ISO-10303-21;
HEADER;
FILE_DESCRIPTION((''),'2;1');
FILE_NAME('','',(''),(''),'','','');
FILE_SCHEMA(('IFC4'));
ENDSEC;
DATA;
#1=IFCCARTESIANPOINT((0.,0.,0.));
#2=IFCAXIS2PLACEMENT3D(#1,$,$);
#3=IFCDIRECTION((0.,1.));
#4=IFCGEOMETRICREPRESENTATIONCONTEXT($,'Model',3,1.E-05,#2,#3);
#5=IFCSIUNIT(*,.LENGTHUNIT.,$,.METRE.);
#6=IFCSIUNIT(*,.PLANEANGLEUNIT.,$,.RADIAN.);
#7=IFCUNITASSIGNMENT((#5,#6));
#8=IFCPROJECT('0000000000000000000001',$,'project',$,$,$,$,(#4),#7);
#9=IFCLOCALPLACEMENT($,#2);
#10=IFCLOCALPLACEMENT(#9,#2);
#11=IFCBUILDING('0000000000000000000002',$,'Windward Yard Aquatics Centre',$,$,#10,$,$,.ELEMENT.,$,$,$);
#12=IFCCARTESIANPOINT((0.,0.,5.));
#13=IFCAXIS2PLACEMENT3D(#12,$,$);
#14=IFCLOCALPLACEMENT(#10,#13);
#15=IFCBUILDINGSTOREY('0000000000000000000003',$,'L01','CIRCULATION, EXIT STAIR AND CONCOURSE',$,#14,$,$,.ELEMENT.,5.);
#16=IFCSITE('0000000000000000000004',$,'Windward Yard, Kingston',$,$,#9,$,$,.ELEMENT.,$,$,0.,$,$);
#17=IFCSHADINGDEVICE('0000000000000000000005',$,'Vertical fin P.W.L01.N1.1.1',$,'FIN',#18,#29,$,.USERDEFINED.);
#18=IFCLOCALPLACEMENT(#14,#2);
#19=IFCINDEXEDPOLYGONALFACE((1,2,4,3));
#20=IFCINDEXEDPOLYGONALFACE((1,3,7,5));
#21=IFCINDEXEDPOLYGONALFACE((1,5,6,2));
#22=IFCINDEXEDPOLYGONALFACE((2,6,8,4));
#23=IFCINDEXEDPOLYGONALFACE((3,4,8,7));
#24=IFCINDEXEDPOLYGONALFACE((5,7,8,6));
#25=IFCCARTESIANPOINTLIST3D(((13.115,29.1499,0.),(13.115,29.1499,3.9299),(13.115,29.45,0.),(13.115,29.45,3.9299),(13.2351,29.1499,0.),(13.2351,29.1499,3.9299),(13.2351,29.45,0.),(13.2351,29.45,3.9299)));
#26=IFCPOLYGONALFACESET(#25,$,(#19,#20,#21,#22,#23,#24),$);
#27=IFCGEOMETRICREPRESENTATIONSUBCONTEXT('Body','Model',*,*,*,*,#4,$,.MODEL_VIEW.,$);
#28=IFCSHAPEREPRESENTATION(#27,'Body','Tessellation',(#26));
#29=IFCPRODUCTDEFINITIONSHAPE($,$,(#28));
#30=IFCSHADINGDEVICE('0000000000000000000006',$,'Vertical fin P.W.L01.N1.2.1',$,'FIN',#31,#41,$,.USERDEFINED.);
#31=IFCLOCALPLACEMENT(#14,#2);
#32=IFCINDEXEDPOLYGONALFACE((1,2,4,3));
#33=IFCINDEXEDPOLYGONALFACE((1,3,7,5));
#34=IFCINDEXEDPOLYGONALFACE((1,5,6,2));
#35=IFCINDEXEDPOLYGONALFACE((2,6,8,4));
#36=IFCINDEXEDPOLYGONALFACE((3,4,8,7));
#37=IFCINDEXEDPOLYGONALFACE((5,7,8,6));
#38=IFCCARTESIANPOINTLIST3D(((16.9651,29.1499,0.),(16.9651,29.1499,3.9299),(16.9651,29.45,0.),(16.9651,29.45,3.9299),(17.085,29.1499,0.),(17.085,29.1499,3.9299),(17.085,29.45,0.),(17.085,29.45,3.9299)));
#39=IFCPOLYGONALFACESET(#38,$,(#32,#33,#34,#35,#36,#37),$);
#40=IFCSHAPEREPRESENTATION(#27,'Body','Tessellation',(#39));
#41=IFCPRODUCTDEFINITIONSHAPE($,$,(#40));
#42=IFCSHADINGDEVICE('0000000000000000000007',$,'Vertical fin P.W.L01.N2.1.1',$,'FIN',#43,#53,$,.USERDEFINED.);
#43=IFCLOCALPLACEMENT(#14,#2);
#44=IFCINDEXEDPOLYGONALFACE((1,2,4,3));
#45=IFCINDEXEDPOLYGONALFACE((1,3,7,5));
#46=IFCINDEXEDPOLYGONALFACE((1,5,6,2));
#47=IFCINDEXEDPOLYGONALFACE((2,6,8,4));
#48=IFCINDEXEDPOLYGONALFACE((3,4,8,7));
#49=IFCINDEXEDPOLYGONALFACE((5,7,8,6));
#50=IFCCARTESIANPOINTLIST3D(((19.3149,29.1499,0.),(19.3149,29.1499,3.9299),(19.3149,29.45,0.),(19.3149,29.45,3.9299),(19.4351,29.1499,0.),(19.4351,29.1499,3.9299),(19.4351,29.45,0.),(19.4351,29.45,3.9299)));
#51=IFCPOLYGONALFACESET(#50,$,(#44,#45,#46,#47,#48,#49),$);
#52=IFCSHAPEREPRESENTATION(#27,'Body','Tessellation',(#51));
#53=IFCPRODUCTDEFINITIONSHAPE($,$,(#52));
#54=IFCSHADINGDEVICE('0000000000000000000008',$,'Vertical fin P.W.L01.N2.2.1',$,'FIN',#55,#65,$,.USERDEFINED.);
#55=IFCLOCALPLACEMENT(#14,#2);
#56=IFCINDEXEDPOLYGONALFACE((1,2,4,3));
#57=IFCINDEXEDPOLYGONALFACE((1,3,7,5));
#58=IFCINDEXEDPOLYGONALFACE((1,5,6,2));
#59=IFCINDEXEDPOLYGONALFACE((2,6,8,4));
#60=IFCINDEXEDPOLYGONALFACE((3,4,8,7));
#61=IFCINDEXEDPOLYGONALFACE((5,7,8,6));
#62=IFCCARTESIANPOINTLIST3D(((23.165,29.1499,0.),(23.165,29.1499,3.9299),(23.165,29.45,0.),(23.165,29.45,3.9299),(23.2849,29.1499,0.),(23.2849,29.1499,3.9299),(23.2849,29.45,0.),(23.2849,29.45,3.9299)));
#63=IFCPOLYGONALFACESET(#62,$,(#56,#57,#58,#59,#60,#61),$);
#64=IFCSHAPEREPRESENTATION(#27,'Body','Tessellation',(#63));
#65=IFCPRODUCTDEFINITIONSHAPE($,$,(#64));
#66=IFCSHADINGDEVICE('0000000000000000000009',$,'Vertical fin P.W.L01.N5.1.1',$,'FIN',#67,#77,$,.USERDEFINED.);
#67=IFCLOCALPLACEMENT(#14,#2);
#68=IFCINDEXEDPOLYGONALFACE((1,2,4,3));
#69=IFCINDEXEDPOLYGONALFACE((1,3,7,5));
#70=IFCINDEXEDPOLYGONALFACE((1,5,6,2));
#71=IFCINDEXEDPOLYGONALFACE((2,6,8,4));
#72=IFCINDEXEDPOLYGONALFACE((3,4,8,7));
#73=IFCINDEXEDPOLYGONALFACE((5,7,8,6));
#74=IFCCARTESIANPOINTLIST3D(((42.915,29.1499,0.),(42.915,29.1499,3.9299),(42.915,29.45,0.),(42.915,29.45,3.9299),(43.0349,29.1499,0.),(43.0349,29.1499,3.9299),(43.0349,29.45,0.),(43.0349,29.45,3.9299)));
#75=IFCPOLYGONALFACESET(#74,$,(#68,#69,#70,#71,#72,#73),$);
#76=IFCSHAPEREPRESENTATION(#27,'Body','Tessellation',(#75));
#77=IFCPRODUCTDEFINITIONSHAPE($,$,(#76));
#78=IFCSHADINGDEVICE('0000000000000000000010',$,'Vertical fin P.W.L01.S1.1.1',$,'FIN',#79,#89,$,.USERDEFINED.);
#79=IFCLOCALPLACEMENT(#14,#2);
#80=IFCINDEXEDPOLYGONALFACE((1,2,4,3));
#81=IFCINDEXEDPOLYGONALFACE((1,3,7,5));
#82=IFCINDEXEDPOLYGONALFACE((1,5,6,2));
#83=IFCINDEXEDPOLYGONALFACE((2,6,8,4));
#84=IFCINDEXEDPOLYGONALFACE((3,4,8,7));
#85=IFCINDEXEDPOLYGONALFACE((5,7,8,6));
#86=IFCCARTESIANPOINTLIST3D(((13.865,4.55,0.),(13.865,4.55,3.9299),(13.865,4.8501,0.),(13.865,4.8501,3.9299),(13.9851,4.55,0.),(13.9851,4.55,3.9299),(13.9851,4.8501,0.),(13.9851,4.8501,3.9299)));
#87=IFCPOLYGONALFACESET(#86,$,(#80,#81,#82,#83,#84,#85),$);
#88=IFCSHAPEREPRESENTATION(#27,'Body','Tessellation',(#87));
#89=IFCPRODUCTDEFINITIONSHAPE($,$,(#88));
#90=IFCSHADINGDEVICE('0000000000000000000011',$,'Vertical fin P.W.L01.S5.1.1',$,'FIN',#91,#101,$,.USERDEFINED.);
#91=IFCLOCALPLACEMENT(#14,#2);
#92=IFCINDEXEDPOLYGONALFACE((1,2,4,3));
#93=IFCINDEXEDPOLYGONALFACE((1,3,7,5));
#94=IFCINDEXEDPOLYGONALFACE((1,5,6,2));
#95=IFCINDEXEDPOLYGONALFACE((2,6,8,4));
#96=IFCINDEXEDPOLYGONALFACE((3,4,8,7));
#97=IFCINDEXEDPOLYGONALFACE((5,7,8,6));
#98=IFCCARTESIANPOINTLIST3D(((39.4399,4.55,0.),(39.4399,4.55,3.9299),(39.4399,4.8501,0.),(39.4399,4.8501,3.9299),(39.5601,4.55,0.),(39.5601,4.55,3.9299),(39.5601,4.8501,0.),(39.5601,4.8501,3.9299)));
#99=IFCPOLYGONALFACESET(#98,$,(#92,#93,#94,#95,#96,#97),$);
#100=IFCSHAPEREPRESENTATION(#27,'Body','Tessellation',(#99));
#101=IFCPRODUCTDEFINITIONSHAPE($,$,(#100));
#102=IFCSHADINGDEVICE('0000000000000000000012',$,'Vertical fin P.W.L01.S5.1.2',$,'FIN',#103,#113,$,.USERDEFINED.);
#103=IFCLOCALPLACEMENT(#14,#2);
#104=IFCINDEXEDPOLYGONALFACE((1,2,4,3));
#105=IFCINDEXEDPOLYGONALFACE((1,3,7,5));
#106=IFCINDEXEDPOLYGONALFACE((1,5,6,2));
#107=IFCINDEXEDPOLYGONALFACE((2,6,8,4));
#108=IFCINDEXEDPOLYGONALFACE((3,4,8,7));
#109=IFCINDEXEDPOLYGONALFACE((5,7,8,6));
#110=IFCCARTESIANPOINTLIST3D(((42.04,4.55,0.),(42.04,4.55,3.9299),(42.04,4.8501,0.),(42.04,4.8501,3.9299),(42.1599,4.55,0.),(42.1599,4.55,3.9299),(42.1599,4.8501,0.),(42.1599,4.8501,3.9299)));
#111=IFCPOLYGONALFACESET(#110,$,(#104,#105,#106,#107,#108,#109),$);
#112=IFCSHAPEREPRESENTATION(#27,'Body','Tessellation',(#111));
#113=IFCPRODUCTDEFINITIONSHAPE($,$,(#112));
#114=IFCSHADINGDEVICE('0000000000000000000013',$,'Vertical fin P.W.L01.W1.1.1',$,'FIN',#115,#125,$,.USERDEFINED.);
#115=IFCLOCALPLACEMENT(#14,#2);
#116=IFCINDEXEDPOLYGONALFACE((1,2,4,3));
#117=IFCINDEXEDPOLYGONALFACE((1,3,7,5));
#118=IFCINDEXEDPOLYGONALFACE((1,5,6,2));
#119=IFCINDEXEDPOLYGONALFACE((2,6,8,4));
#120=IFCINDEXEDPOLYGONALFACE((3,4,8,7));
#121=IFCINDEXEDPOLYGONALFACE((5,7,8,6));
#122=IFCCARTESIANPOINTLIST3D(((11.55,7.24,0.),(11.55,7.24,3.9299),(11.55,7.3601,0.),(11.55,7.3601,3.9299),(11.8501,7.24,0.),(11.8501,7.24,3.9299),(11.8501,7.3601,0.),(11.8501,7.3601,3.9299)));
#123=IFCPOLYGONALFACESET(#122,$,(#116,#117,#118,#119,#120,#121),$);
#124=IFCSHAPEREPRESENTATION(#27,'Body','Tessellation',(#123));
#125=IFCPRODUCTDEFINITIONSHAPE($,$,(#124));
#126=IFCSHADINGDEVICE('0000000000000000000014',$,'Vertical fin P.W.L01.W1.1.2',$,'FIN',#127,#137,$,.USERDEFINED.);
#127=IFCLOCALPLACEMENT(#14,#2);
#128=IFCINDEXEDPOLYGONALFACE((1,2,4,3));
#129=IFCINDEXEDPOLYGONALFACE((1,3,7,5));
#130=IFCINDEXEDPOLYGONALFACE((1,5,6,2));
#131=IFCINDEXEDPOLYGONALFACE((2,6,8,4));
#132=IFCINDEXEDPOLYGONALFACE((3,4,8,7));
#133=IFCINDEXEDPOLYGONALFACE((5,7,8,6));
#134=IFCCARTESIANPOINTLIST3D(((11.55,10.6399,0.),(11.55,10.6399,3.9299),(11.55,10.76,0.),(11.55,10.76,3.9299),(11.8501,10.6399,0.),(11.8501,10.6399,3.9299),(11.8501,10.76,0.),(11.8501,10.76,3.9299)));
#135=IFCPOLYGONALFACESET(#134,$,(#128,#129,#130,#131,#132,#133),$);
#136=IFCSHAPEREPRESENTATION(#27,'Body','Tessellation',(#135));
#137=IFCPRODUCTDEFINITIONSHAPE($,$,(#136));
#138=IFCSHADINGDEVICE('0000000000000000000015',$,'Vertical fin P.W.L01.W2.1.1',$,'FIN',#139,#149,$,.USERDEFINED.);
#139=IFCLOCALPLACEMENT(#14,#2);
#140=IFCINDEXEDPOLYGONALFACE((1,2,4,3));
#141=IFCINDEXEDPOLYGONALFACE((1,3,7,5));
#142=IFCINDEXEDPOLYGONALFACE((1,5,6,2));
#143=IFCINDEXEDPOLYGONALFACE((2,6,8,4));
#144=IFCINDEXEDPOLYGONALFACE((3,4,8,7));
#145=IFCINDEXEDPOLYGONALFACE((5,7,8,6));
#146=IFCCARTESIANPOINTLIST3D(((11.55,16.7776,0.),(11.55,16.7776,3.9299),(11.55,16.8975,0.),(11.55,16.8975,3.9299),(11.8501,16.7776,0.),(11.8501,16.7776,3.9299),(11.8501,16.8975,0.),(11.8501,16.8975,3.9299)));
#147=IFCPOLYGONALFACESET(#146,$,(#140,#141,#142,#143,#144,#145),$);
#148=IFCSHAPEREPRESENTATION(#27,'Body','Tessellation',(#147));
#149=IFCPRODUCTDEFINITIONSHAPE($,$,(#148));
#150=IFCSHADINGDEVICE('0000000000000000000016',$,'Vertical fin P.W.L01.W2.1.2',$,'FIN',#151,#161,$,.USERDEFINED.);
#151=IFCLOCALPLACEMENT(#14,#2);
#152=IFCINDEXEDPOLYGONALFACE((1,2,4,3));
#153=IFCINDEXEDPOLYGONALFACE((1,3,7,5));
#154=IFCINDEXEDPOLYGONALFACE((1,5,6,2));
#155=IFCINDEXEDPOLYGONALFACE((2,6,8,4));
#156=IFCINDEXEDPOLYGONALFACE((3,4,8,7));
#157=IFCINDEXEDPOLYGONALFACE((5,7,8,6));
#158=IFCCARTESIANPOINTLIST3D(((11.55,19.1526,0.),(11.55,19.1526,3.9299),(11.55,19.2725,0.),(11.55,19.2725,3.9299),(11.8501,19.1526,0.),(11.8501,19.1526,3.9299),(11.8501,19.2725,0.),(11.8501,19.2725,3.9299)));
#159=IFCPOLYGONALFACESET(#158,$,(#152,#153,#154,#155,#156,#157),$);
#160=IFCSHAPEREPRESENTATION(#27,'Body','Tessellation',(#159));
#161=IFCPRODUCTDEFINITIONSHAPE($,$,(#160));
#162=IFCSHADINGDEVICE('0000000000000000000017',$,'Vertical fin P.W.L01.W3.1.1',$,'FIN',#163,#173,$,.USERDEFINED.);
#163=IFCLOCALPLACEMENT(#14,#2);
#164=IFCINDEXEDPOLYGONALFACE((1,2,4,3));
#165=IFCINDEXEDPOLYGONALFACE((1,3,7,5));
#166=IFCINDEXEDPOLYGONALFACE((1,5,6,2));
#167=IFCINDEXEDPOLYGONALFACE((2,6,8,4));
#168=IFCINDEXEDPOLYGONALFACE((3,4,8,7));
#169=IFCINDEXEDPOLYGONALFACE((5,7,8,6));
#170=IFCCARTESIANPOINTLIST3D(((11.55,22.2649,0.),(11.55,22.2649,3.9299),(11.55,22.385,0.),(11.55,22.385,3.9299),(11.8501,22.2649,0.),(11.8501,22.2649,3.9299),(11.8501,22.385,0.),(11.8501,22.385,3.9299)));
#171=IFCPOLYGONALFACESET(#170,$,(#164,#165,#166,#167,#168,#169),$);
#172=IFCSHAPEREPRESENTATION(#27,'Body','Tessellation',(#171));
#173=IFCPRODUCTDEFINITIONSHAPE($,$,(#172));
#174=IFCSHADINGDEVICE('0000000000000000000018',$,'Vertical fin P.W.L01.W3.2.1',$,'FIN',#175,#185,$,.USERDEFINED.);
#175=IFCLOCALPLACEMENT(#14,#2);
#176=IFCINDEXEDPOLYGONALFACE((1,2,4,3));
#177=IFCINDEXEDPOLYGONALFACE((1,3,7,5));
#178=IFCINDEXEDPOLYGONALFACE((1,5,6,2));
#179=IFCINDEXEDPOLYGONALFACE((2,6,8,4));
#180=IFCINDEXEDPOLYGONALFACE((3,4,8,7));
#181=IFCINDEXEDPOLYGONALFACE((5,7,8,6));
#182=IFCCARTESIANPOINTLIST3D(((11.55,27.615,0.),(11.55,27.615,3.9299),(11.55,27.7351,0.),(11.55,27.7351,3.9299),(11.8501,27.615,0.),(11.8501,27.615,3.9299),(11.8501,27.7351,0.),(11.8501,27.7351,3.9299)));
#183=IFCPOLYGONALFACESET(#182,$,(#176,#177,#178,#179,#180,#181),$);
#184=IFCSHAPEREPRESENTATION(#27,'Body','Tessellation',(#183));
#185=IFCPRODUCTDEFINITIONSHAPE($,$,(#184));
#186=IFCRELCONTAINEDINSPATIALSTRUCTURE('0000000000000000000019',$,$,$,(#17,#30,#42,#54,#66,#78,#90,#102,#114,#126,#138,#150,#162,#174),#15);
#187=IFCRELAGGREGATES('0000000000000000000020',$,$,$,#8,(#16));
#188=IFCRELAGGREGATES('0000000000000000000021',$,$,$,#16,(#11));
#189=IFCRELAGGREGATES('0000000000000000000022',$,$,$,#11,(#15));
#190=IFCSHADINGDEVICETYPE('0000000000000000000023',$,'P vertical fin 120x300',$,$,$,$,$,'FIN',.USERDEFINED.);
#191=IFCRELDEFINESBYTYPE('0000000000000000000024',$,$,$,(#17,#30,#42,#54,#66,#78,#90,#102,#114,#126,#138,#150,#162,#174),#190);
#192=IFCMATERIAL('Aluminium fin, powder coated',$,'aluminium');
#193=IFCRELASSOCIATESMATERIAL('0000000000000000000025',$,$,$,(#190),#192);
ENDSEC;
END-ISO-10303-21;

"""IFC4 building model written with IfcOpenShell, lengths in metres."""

from ifc_helpers import new_model, si_unit, direction, frame, origin, place, context, subcontext, project, spatial, polyline, outline, extrude, material, type_object, element, save


model = new_model("IFC4")

# Units and contexts
model_context = context("Model", 3, precision=1e-05, world=origin(), true_north=direction((0.0, 1.0)))
body_context = subcontext(model_context, "Body", "Model", "MODEL_VIEW")
ifc_project = project(units=[si_unit("LENGTHUNIT", "METRE"), si_unit("PLANEANGLEUNIT", "RADIAN")], contexts=[model_context])

# Site, building, storey
site_placement = place(None, origin())
site = spatial("IfcSite", under=ifc_project, at=site_placement, Name="Windward Yard, Kingston", CompositionType="ELEMENT", RefElevation=0.0)
building_placement = place(site_placement, origin())
building = spatial("IfcBuilding", under=site, at=building_placement, Name="Windward Yard Aquatics Centre", CompositionType="ELEMENT")
storey_placement = place(building_placement, frame((0.0, 0.0, 5.0)))
storey = spatial("IfcBuildingStorey", under=building, at=storey_placement, Name="L01", Description="CIRCULATION, EXIT STAIR AND CONCOURSE", CompositionType="ELEMENT", Elevation=5.0)

# Shading devices
ifc_material_1 = material(Name="Aluminium fin, powder coated", Category="aluminium")
shading_device_type_1 = type_object("IfcShadingDeviceType", Name="P vertical fin 120x300", ElementType="FIN", PredefinedType="USERDEFINED", material=ifc_material_1)
shading_device_1_placement = place(storey_placement, origin())
element("IfcShadingDevice", 1, at=shading_device_1_placement, inside=storey, type_object=shading_device_type_1, Name="Vertical fin P.W.L01.N1.1.1", ObjectType="FIN", PredefinedType="USERDEFINED", context=body_context, shape_type="SweptSolid", body=[
    extrude(outline(polyline([(13.115, 29.1499), (13.2351, 29.1499), (13.2351, 29.45), (13.115, 29.45), (13.115, 29.1499)])), origin(), (0.0, 0.0, 1.0), 3.9299),
])
shading_device_2_placement = place(storey_placement, origin())
element("IfcShadingDevice", 2, at=shading_device_2_placement, inside=storey, type_object=shading_device_type_1, Name="Vertical fin P.W.L01.N1.2.1", ObjectType="FIN", PredefinedType="USERDEFINED", context=body_context, shape_type="SweptSolid", body=[
    extrude(outline(polyline([(16.9651, 29.1499), (17.085, 29.1499), (17.085, 29.45), (16.9651, 29.45), (16.9651, 29.1499)])), origin(), (0.0, 0.0, 1.0), 3.9299),
])
shading_device_3_placement = place(storey_placement, origin())
element("IfcShadingDevice", 3, at=shading_device_3_placement, inside=storey, type_object=shading_device_type_1, Name="Vertical fin P.W.L01.N2.1.1", ObjectType="FIN", PredefinedType="USERDEFINED", context=body_context, shape_type="SweptSolid", body=[
    extrude(outline(polyline([(19.3149, 29.1499), (19.4351, 29.1499), (19.4351, 29.45), (19.3149, 29.45), (19.3149, 29.1499)])), origin(), (0.0, 0.0, 1.0), 3.9299),
])
shading_device_4_placement = place(storey_placement, origin())
element("IfcShadingDevice", 4, at=shading_device_4_placement, inside=storey, type_object=shading_device_type_1, Name="Vertical fin P.W.L01.N2.2.1", ObjectType="FIN", PredefinedType="USERDEFINED", context=body_context, shape_type="SweptSolid", body=[
    extrude(outline(polyline([(23.165, 29.1499), (23.2849, 29.1499), (23.2849, 29.45), (23.165, 29.45), (23.165, 29.1499)])), origin(), (0.0, 0.0, 1.0), 3.9299),
])
shading_device_5_placement = place(storey_placement, origin())
element("IfcShadingDevice", 5, at=shading_device_5_placement, inside=storey, type_object=shading_device_type_1, Name="Vertical fin P.W.L01.N5.1.1", ObjectType="FIN", PredefinedType="USERDEFINED", context=body_context, shape_type="SweptSolid", body=[
    extrude(outline(polyline([(42.915, 29.1499), (43.0349, 29.1499), (43.0349, 29.45), (42.915, 29.45), (42.915, 29.1499)])), origin(), (0.0, 0.0, 1.0), 3.9299),
])
shading_device_6_placement = place(storey_placement, origin())
element("IfcShadingDevice", 6, at=shading_device_6_placement, inside=storey, type_object=shading_device_type_1, Name="Vertical fin P.W.L01.S1.1.1", ObjectType="FIN", PredefinedType="USERDEFINED", context=body_context, shape_type="SweptSolid", body=[
    extrude(outline(polyline([(13.865, 4.55), (13.865, 4.8501), (13.9851, 4.8501), (13.9851, 4.55), (13.865, 4.55)])), origin(), (0.0, 0.0, 1.0), 3.9299),
])
shading_device_7_placement = place(storey_placement, origin())
element("IfcShadingDevice", 7, at=shading_device_7_placement, inside=storey, type_object=shading_device_type_1, Name="Vertical fin P.W.L01.S5.1.1", ObjectType="FIN", PredefinedType="USERDEFINED", context=body_context, shape_type="SweptSolid", body=[
    extrude(outline(polyline([(39.4399, 4.55), (39.4399, 4.8501), (39.5601, 4.8501), (39.5601, 4.55), (39.4399, 4.55)])), origin(), (0.0, 0.0, 1.0), 3.9299),
])
shading_device_8_placement = place(storey_placement, origin())
element("IfcShadingDevice", 8, at=shading_device_8_placement, inside=storey, type_object=shading_device_type_1, Name="Vertical fin P.W.L01.S5.1.2", ObjectType="FIN", PredefinedType="USERDEFINED", context=body_context, shape_type="SweptSolid", body=[
    extrude(outline(polyline([(42.04, 4.55), (42.04, 4.8501), (42.1599, 4.8501), (42.1599, 4.55), (42.04, 4.55)])), origin(), (0.0, 0.0, 1.0), 3.9299),
])
shading_device_9_placement = place(storey_placement, origin())
element("IfcShadingDevice", 9, at=shading_device_9_placement, inside=storey, type_object=shading_device_type_1, Name="Vertical fin P.W.L01.W1.1.1", ObjectType="FIN", PredefinedType="USERDEFINED", context=body_context, shape_type="SweptSolid", body=[
    extrude(outline(polyline([(11.55, 7.24), (11.8501, 7.24), (11.8501, 7.3601), (11.55, 7.3601), (11.55, 7.24)])), origin(), (0.0, 0.0, 1.0), 3.9299),
])
shading_device_10_placement = place(storey_placement, origin())
element("IfcShadingDevice", 10, at=shading_device_10_placement, inside=storey, type_object=shading_device_type_1, Name="Vertical fin P.W.L01.W1.1.2", ObjectType="FIN", PredefinedType="USERDEFINED", context=body_context, shape_type="SweptSolid", body=[
    extrude(outline(polyline([(11.55, 10.6399), (11.8501, 10.6399), (11.8501, 10.76), (11.55, 10.76), (11.55, 10.6399)])), origin(), (0.0, 0.0, 1.0), 3.9299),
])
shading_device_11_placement = place(storey_placement, origin())
element("IfcShadingDevice", 11, at=shading_device_11_placement, inside=storey, type_object=shading_device_type_1, Name="Vertical fin P.W.L01.W2.1.1", ObjectType="FIN", PredefinedType="USERDEFINED", context=body_context, shape_type="SweptSolid", body=[
    extrude(outline(polyline([(11.55, 16.7776), (11.8501, 16.7776), (11.8501, 16.8975), (11.55, 16.8975), (11.55, 16.7776)])), origin(), (0.0, 0.0, 1.0), 3.9299),
])
shading_device_12_placement = place(storey_placement, origin())
element("IfcShadingDevice", 12, at=shading_device_12_placement, inside=storey, type_object=shading_device_type_1, Name="Vertical fin P.W.L01.W2.1.2", ObjectType="FIN", PredefinedType="USERDEFINED", context=body_context, shape_type="SweptSolid", body=[
    extrude(outline(polyline([(11.55, 19.1526), (11.8501, 19.1526), (11.8501, 19.2725), (11.55, 19.2725), (11.55, 19.1526)])), origin(), (0.0, 0.0, 1.0), 3.9299),
])
shading_device_13_placement = place(storey_placement, origin())
element("IfcShadingDevice", 13, at=shading_device_13_placement, inside=storey, type_object=shading_device_type_1, Name="Vertical fin P.W.L01.W3.1.1", ObjectType="FIN", PredefinedType="USERDEFINED", context=body_context, shape_type="SweptSolid", body=[
    extrude(outline(polyline([(11.55, 22.2649), (11.8501, 22.2649), (11.8501, 22.385), (11.55, 22.385), (11.55, 22.2649)])), origin(), (0.0, 0.0, 1.0), 3.9299),
])
shading_device_14_placement = place(storey_placement, origin())
element("IfcShadingDevice", 14, at=shading_device_14_placement, inside=storey, type_object=shading_device_type_1, Name="Vertical fin P.W.L01.W3.2.1", ObjectType="FIN", PredefinedType="USERDEFINED", context=body_context, shape_type="SweptSolid", body=[
    extrude(outline(polyline([(11.55, 27.615), (11.8501, 27.615), (11.8501, 27.7351), (11.55, 27.7351), (11.55, 27.615)])), origin(), (0.0, 0.0, 1.0), 3.9299),
])

save(model, "model.ifc")
